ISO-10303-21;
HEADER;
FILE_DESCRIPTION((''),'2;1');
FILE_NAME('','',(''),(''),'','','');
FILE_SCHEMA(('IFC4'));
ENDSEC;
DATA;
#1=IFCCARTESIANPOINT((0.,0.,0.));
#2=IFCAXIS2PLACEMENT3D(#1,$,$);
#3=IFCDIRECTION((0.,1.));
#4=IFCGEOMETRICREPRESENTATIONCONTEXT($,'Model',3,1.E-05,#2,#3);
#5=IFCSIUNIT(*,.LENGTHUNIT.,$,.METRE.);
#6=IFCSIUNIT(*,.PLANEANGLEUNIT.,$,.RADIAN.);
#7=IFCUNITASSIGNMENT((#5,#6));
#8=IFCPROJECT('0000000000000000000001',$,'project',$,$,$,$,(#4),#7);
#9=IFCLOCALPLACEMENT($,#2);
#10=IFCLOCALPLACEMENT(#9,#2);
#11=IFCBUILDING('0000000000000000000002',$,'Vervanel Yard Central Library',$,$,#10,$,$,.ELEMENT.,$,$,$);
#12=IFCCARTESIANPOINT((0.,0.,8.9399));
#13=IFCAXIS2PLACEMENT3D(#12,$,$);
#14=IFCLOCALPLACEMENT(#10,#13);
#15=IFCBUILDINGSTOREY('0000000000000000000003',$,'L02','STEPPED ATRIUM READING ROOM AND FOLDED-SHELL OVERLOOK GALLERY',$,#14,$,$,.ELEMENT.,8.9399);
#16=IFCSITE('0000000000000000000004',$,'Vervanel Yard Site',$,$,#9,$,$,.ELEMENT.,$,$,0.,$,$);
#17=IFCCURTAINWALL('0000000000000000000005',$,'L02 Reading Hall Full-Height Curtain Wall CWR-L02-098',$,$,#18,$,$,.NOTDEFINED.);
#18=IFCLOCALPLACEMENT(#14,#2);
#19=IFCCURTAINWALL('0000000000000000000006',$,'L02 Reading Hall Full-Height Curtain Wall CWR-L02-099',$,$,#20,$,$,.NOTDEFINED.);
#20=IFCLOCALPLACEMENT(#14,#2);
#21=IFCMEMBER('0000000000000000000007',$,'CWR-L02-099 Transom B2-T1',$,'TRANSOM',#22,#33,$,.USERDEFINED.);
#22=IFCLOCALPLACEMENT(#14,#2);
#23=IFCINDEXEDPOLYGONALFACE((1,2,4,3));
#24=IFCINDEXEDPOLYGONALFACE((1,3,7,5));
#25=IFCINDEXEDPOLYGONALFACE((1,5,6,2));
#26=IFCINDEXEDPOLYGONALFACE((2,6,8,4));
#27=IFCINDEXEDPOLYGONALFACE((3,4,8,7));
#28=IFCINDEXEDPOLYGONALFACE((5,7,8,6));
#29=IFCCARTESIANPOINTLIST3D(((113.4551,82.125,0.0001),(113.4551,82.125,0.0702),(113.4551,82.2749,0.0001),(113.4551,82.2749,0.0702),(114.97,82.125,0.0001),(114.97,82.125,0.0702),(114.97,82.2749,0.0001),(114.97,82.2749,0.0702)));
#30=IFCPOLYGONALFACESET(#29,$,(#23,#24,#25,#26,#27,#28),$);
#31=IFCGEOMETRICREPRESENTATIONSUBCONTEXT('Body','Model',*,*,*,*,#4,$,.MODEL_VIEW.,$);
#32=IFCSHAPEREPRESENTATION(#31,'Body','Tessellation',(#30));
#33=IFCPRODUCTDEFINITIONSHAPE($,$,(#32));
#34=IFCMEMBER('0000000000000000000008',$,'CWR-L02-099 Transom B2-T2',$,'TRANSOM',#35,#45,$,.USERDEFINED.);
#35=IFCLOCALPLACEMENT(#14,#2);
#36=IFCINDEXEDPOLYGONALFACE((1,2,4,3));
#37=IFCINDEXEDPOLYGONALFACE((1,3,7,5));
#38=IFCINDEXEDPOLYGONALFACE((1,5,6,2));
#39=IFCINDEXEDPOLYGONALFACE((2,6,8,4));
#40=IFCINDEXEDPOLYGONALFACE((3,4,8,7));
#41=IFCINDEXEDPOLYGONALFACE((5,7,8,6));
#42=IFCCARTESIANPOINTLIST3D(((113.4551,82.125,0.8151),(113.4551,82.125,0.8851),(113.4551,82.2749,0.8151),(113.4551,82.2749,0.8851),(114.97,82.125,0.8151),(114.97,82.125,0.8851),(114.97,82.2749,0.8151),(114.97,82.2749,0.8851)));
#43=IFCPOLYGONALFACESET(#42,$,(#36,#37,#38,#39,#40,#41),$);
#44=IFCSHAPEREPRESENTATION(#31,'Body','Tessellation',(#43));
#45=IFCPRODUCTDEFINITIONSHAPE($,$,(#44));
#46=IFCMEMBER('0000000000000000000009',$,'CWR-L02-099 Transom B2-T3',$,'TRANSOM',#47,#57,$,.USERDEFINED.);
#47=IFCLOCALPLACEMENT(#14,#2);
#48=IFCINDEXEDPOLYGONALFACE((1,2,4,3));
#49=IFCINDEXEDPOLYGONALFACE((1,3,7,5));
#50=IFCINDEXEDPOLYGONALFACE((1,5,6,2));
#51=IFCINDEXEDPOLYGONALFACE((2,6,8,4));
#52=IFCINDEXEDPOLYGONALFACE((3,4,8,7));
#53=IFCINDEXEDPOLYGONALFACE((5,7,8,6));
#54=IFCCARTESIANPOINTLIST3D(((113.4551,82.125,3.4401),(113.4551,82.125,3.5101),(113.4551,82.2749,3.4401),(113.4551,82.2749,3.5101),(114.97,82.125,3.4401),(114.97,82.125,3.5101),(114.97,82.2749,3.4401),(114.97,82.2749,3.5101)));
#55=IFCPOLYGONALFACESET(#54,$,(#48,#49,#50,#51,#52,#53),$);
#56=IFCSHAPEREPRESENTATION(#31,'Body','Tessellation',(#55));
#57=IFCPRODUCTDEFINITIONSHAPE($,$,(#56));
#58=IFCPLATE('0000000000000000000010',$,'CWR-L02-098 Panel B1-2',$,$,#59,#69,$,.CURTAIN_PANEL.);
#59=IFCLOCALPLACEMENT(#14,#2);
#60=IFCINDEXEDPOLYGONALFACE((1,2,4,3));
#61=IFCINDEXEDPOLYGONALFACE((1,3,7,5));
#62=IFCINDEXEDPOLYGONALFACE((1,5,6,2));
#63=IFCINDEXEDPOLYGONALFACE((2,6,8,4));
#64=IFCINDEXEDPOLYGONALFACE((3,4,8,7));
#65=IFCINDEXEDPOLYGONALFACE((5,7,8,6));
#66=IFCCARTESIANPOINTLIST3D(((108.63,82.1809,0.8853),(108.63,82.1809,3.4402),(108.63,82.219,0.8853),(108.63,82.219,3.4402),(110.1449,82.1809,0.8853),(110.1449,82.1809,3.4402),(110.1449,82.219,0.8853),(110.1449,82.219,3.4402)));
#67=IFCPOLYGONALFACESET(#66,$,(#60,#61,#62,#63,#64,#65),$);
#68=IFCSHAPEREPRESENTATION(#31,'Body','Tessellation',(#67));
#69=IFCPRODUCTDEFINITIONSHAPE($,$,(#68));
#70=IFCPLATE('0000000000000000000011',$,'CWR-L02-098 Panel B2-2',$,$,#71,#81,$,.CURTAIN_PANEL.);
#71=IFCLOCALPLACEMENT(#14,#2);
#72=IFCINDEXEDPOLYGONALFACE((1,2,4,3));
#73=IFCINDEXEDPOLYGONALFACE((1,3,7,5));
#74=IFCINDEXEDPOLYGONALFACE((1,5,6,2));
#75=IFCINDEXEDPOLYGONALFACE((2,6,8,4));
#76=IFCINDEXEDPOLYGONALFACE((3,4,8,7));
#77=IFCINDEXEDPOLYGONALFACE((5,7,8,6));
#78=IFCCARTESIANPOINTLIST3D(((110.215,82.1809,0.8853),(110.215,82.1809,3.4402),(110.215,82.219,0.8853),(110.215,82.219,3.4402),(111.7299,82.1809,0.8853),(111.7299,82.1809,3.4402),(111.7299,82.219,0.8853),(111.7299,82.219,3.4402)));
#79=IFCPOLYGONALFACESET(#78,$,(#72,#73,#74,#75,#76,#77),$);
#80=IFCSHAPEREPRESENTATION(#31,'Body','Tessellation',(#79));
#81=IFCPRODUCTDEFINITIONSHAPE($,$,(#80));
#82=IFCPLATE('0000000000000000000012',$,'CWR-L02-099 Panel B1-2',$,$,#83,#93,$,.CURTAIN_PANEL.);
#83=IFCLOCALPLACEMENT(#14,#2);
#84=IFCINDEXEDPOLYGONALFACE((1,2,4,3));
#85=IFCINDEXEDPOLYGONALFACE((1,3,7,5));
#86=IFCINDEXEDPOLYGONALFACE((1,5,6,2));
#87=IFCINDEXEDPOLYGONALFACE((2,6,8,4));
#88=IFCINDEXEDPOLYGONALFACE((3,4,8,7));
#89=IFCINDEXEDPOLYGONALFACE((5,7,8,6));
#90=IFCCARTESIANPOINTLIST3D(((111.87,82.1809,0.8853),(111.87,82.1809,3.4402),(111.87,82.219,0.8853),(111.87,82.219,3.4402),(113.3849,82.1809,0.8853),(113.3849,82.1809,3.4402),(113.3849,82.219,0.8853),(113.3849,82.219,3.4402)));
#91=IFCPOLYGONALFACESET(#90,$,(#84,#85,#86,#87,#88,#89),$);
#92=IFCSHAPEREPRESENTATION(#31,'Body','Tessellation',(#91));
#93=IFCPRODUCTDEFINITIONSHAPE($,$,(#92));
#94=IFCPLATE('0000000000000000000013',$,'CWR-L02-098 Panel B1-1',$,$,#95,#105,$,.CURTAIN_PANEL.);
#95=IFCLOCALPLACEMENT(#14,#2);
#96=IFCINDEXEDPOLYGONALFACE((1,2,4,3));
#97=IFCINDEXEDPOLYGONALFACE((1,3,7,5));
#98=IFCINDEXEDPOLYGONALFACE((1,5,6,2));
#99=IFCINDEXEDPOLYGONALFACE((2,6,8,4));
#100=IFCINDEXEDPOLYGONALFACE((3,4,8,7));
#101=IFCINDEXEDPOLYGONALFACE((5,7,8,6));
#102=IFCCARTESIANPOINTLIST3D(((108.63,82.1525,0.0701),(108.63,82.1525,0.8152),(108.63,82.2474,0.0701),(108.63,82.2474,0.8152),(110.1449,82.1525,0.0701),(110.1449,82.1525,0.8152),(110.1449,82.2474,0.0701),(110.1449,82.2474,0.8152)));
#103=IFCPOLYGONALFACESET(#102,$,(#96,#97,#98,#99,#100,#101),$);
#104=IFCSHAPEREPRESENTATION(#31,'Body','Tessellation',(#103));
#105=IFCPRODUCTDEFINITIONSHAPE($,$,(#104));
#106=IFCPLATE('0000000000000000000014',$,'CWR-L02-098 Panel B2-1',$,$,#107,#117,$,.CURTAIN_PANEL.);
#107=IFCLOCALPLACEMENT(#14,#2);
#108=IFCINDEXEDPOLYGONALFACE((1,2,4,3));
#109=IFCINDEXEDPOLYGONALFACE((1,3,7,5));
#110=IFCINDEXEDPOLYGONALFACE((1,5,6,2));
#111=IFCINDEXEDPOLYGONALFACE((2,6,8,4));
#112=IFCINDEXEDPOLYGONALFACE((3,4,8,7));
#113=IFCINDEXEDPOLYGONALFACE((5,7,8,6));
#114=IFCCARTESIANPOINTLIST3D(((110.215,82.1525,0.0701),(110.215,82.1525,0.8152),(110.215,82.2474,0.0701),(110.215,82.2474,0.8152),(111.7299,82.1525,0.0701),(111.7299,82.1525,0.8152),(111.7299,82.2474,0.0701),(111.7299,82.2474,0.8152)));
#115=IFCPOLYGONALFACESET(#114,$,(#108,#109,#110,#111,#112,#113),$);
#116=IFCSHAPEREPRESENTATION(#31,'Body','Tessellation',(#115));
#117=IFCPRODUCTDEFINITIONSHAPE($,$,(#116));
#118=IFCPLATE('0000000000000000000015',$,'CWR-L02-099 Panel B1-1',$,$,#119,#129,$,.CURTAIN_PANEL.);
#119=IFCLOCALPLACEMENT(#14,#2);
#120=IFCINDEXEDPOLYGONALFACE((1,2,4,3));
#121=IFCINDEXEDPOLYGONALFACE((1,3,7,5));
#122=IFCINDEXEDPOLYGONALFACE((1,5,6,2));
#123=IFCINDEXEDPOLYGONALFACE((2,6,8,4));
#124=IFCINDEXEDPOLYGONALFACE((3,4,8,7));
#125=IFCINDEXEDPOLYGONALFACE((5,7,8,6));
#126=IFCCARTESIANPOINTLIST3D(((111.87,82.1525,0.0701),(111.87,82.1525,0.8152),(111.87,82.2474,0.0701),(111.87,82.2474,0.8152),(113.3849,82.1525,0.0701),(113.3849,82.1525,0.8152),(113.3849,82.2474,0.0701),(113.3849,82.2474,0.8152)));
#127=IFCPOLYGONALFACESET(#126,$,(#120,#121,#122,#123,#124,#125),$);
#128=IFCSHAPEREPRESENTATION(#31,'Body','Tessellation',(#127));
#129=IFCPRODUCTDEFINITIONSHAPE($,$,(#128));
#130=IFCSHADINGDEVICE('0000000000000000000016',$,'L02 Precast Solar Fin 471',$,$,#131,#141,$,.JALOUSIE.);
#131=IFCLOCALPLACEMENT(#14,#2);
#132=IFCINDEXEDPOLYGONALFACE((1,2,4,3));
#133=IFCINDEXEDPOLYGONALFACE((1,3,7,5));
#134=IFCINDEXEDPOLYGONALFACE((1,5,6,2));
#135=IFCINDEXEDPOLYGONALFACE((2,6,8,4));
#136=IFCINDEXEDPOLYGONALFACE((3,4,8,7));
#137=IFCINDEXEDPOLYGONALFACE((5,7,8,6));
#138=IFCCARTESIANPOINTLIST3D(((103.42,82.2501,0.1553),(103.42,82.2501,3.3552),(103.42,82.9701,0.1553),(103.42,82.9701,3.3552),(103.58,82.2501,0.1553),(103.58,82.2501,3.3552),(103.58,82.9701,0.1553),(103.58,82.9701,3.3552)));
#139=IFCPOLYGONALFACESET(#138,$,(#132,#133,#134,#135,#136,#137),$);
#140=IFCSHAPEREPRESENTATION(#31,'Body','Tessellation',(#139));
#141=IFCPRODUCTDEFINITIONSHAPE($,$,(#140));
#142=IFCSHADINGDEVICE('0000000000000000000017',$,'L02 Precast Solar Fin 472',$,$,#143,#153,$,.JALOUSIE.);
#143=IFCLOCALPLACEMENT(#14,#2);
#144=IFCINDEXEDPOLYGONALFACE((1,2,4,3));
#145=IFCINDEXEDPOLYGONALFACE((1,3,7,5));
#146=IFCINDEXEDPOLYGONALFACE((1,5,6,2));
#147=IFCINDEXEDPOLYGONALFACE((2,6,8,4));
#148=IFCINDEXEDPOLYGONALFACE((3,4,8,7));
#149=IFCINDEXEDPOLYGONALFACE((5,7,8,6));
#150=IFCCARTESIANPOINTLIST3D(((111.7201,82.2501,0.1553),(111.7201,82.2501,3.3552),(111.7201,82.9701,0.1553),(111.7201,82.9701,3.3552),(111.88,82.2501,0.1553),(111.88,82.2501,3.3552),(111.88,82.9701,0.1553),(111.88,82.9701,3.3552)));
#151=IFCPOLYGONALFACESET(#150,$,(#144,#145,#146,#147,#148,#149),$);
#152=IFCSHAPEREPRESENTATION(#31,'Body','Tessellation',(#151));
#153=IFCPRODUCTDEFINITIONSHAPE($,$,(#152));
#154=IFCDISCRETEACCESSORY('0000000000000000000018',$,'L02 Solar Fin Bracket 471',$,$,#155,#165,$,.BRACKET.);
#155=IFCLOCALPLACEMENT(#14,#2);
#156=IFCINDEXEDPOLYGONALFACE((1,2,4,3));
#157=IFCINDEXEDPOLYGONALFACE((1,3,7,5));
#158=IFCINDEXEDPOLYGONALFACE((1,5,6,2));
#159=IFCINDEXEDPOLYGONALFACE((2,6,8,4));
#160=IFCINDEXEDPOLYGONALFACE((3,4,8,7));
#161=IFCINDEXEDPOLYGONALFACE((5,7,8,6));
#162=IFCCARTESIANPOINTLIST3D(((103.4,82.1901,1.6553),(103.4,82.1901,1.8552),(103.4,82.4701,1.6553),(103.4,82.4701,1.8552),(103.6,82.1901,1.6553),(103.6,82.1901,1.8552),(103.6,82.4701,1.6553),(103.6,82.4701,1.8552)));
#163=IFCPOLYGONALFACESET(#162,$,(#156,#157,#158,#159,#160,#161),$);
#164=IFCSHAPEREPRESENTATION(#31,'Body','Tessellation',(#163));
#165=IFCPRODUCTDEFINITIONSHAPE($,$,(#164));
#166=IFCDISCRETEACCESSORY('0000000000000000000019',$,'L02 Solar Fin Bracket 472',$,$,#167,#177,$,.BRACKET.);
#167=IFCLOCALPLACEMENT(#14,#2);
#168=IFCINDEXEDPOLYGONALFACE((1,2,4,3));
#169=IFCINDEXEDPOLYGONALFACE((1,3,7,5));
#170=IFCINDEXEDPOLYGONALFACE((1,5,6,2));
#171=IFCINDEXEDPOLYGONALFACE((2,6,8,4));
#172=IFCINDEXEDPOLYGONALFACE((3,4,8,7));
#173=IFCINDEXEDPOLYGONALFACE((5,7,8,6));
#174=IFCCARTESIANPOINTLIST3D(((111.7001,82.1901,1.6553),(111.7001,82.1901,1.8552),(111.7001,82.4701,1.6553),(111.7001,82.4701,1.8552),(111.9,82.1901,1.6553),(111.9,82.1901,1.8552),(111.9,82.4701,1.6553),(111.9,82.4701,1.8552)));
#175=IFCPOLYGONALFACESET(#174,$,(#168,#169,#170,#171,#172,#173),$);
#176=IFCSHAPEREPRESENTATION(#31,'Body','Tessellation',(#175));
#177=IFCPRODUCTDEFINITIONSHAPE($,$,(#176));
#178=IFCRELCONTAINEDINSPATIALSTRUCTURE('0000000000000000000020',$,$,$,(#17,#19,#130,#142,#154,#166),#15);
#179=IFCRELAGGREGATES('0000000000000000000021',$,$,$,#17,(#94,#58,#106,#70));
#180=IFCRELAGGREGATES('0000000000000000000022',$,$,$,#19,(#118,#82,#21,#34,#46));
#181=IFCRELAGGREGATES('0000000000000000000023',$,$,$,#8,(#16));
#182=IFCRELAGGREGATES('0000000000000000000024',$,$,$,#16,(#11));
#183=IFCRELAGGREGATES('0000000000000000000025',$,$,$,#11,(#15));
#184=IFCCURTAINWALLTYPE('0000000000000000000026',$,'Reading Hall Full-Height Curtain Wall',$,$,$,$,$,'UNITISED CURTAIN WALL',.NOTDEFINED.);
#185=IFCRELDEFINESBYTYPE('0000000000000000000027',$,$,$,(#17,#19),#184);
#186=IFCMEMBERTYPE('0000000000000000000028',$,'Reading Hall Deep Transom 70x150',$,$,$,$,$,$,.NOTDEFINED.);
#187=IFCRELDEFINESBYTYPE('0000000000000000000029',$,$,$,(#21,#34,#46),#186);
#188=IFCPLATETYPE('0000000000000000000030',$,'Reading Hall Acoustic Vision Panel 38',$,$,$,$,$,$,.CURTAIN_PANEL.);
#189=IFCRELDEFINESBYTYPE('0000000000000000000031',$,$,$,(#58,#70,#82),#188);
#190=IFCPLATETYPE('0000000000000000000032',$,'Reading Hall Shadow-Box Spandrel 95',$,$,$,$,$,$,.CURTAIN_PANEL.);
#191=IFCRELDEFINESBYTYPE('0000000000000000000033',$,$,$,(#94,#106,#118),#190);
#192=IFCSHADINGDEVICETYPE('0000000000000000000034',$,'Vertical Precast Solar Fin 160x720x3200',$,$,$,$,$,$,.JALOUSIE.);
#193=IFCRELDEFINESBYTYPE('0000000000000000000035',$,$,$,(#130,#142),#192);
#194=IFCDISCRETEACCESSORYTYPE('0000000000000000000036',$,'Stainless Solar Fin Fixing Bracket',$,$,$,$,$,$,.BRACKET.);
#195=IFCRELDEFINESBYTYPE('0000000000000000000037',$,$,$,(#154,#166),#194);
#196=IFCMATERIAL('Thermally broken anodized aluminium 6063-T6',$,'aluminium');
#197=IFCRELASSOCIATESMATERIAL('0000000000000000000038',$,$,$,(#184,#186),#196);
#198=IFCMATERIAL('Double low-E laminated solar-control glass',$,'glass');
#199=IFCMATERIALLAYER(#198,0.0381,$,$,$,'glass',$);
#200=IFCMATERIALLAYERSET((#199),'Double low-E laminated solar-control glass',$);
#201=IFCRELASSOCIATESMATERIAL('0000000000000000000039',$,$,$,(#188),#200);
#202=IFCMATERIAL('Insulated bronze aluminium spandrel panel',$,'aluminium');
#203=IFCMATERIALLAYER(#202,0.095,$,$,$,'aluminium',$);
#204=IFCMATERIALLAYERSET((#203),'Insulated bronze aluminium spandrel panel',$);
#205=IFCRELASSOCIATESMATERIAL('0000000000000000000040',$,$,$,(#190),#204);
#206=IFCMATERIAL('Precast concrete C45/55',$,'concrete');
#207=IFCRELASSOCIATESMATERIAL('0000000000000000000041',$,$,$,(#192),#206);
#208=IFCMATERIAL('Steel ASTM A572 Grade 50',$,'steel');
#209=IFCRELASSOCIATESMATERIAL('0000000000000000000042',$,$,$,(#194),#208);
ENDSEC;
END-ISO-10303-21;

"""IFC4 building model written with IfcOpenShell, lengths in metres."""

from ifc_helpers import new_model, si_unit, direction, frame, origin, origin_2d, place, context, subcontext, project, spatial, rectangle, extrude, material, layer, layer_set, material_profile, profile_set, type_object, element, aggregate, save


model = new_model("IFC4")

# Units and contexts
model_context = context("Model", 3, precision=1e-05, world=origin(), true_north=direction((0.0, 1.0)))
body_context = subcontext(model_context, "Body", "Model", "MODEL_VIEW")
ifc_project = project(units=[si_unit("LENGTHUNIT", "METRE"), si_unit("PLANEANGLEUNIT", "RADIAN")], contexts=[model_context])

# Site, building, storey
site_placement = place(None, origin())
site = spatial("IfcSite", under=ifc_project, at=site_placement, Name="Vervanel Yard Site", CompositionType="ELEMENT", RefElevation=0.0)
building_placement = place(site_placement, origin())
building = spatial("IfcBuilding", under=site, at=building_placement, Name="Vervanel Yard Central Library", CompositionType="ELEMENT")
storey_placement = place(building_placement, frame((0.0, 0.0, 8.9399)))
storey = spatial("IfcBuildingStorey", under=building, at=storey_placement, Name="L02", Description="STEPPED ATRIUM READING ROOM AND FOLDED-SHELL OVERLOOK GALLERY", CompositionType="ELEMENT", Elevation=8.9399)

# Curtain walls
ifc_material_1 = material(Name="Thermally broken anodized aluminium 6063-T6", Category="aluminium")
curtain_wall_type = type_object("IfcCurtainWallType", Name="Reading Hall Full-Height Curtain Wall", ElementType="UNITISED CURTAIN WALL", PredefinedType="NOTDEFINED", material=ifc_material_1)
curtain_wall_1_placement = place(storey_placement, origin())
curtain_wall_1 = element("IfcCurtainWall", 1, at=curtain_wall_1_placement, inside=storey, type_object=curtain_wall_type, Name="L02 Reading Hall Full-Height Curtain Wall CWR-L02-098", PredefinedType="NOTDEFINED")
curtain_wall_2_placement = place(storey_placement, origin())
curtain_wall_2 = element("IfcCurtainWall", 2, at=curtain_wall_2_placement, inside=storey, type_object=curtain_wall_type, Name="L02 Reading Hall Full-Height Curtain Wall CWR-L02-099", PredefinedType="NOTDEFINED")

# Members
ifc_material_profile_1 = material_profile(ifc_material_1, rectangle(XDim=0.0701, YDim=0.1499, at=origin_2d()), Name="ALU 70x150", Category="aluminium")
ifc_profile_set_1 = profile_set([ifc_material_profile_1], Name="Thermally broken anodized aluminium 6063-T6")
member_type_1 = type_object("IfcMemberType", Name="Reading Hall Deep Transom 70x150", PredefinedType="NOTDEFINED", material=ifc_profile_set_1)
member_1_placement = place(storey_placement, frame((113.4551, 82.2, 0.0352), z_axis=(1.0, 0.0, 0.0), x_axis=(0.0, 0.0, 1.0)))
member_1 = element("IfcMember", 3, at=member_1_placement, type_object=member_type_1, Name="CWR-L02-099 Transom B2-T1", ObjectType="TRANSOM", PredefinedType="USERDEFINED", context=body_context, shape_type="SweptSolid", body=[
    extrude(rectangle(XDim=0.0701, YDim=0.1499, at=origin_2d()), origin(), (0.0, 0.0, 1.0), 1.5149),
])
member_2_placement = place(storey_placement, frame((113.4551, 82.2, 0.8501), z_axis=(1.0, 0.0, 0.0), x_axis=(0.0, 0.0, 1.0)))
member_2 = element("IfcMember", 4, at=member_2_placement, type_object=member_type_1, Name="CWR-L02-099 Transom B2-T2", ObjectType="TRANSOM", PredefinedType="USERDEFINED", context=body_context, shape_type="SweptSolid", body=[
    extrude(rectangle(XDim=0.0701, YDim=0.1499, at=origin_2d()), origin(), (0.0, 0.0, 1.0), 1.5149),
])
member_3_placement = place(storey_placement, frame((113.4551, 82.2, 3.4751), z_axis=(1.0, 0.0, 0.0), x_axis=(0.0, 0.0, 1.0)))
member_3 = element("IfcMember", 5, at=member_3_placement, type_object=member_type_1, Name="CWR-L02-099 Transom B2-T3", ObjectType="TRANSOM", PredefinedType="USERDEFINED", context=body_context, shape_type="SweptSolid", body=[
    extrude(rectangle(XDim=0.0701, YDim=0.1499, at=origin_2d()), origin(), (0.0, 0.0, 1.0), 1.5149),
])

# Plates
ifc_material_2 = material(Name="Double low-E laminated solar-control glass", Category="glass")
ifc_layer_1 = layer(ifc_material_2, 0.0381, Category="glass")
ifc_layer_set_1 = layer_set([ifc_layer_1], Name="Double low-E laminated solar-control glass")
plate_type_1 = type_object("IfcPlateType", Name="Reading Hall Acoustic Vision Panel 38", PredefinedType="CURTAIN_PANEL", material=ifc_layer_set_1)
plate_1_placement = place(storey_placement, frame((109.3875, 82.2, 0.8853), z_axis=(0.0, 0.0, 1.0), x_axis=(1.0, 0.0, 0.0)))
plate_1 = element("IfcPlate", 6, at=plate_1_placement, type_object=plate_type_1, Name="CWR-L02-098 Panel B1-2", PredefinedType="CURTAIN_PANEL", context=body_context, shape_type="SweptSolid", body=[
    extrude(rectangle(XDim=1.5149, YDim=0.0381, at=origin_2d()), origin(), (0.0, 0.0, 1.0), 2.5549),
])
plate_2_placement = place(storey_placement, frame((110.9724, 82.2, 0.8853), z_axis=(0.0, 0.0, 1.0), x_axis=(1.0, 0.0, 0.0)))
plate_2 = element("IfcPlate", 7, at=plate_2_placement, type_object=plate_type_1, Name="CWR-L02-098 Panel B2-2", PredefinedType="CURTAIN_PANEL", context=body_context, shape_type="SweptSolid", body=[
    extrude(rectangle(XDim=1.5149, YDim=0.0381, at=origin_2d()), origin(), (0.0, 0.0, 1.0), 2.5549),
])
plate_3_placement = place(storey_placement, frame((112.6274, 82.2, 0.8853), z_axis=(0.0, 0.0, 1.0), x_axis=(1.0, 0.0, 0.0)))
plate_3 = element("IfcPlate", 8, at=plate_3_placement, type_object=plate_type_1, Name="CWR-L02-099 Panel B1-2", PredefinedType="CURTAIN_PANEL", context=body_context, shape_type="SweptSolid", body=[
    extrude(rectangle(XDim=1.5149, YDim=0.0381, at=origin_2d()), origin(), (0.0, 0.0, 1.0), 2.5549),
])
ifc_material_3 = material(Name="Insulated bronze aluminium spandrel panel", Category="aluminium")
ifc_layer_2 = layer(ifc_material_3, 0.095, Category="aluminium")
ifc_layer_set_2 = layer_set([ifc_layer_2], Name="Insulated bronze aluminium spandrel panel")
plate_type_2 = type_object("IfcPlateType", Name="Reading Hall Shadow-Box Spandrel 95", PredefinedType="CURTAIN_PANEL", material=ifc_layer_set_2)
plate_4_placement = place(storey_placement, frame((109.3875, 82.2, 0.0701), z_axis=(0.0, 0.0, 1.0), x_axis=(1.0, 0.0, 0.0)))
plate_4 = element("IfcPlate", 9, at=plate_4_placement, type_object=plate_type_2, Name="CWR-L02-098 Panel B1-1", PredefinedType="CURTAIN_PANEL", context=body_context, shape_type="SweptSolid", body=[
    extrude(rectangle(XDim=1.5149, YDim=0.095, at=origin_2d()), origin(), (0.0, 0.0, 1.0), 0.7451),
])
plate_5_placement = place(storey_placement, frame((110.9724, 82.2, 0.0701), z_axis=(0.0, 0.0, 1.0), x_axis=(1.0, 0.0, 0.0)))
plate_5 = element("IfcPlate", 10, at=plate_5_placement, type_object=plate_type_2, Name="CWR-L02-098 Panel B2-1", PredefinedType="CURTAIN_PANEL", context=body_context, shape_type="SweptSolid", body=[
    extrude(rectangle(XDim=1.5149, YDim=0.095, at=origin_2d()), origin(), (0.0, 0.0, 1.0), 0.7451),
])
aggregate(curtain_wall_1, [plate_4, plate_1, plate_5, plate_2])
plate_6_placement = place(storey_placement, frame((112.6274, 82.2, 0.0701), z_axis=(0.0, 0.0, 1.0), x_axis=(1.0, 0.0, 0.0)))
plate_6 = element("IfcPlate", 11, at=plate_6_placement, type_object=plate_type_2, Name="CWR-L02-099 Panel B1-1", PredefinedType="CURTAIN_PANEL", context=body_context, shape_type="SweptSolid", body=[
    extrude(rectangle(XDim=1.5149, YDim=0.095, at=origin_2d()), origin(), (0.0, 0.0, 1.0), 0.7451),
])
aggregate(curtain_wall_2, [plate_6, plate_3, member_1, member_2, member_3])

# Shading devices
ifc_material_4 = material(Name="Precast concrete C45/55", Category="concrete")
shading_device_type = type_object("IfcShadingDeviceType", Name="Vertical Precast Solar Fin 160x720x3200", PredefinedType="JALOUSIE", material=ifc_material_4)
for number, where, z_axis, x_axis, name in (
    (12, (103.5, 82.6101, 0.1553), (0.0, 0.0, 1.0), (1.0, 0.0, 0.0), "L02 Precast Solar Fin 471"),
    (13, (111.8, 82.6101, 0.1553), (0.0, 0.0, 1.0), (1.0, 0.0, 0.0), "L02 Precast Solar Fin 472"),
):
    element("IfcShadingDevice", number, at=place(storey_placement, frame(where, z_axis=z_axis, x_axis=x_axis)), inside=storey, type_object=shading_device_type, Name=name, PredefinedType="JALOUSIE", context=body_context, shape_type="SweptSolid", body=[
        extrude(rectangle(XDim=0.1599, YDim=0.72, at=origin_2d()), origin(), (0.0, 0.0, 1.0), 3.2),
    ])

# Discrete accessories
ifc_material_5 = material(Name="Steel ASTM A572 Grade 50", Category="steel")
discrete_accessory_type = type_object("IfcDiscreteAccessoryType", Name="Stainless Solar Fin Fixing Bracket", PredefinedType="BRACKET", material=ifc_material_5)
for number, where, z_axis, x_axis, name in (
    (14, (103.5, 82.3301, 1.6553), (0.0, 0.0, 1.0), (1.0, 0.0, 0.0), "L02 Solar Fin Bracket 471"),
    (15, (111.8, 82.3301, 1.6553), (0.0, 0.0, 1.0), (1.0, 0.0, 0.0), "L02 Solar Fin Bracket 472"),
):
    element("IfcDiscreteAccessory", number, at=place(storey_placement, frame(where, z_axis=z_axis, x_axis=x_axis)), inside=storey, type_object=discrete_accessory_type, Name=name, PredefinedType="BRACKET", context=body_context, shape_type="SweptSolid", body=[
        extrude(rectangle(XDim=0.2, YDim=0.28, at=origin_2d()), origin(), (0.0, 0.0, 1.0), 0.2),
    ])

save(model, "model.ifc")
